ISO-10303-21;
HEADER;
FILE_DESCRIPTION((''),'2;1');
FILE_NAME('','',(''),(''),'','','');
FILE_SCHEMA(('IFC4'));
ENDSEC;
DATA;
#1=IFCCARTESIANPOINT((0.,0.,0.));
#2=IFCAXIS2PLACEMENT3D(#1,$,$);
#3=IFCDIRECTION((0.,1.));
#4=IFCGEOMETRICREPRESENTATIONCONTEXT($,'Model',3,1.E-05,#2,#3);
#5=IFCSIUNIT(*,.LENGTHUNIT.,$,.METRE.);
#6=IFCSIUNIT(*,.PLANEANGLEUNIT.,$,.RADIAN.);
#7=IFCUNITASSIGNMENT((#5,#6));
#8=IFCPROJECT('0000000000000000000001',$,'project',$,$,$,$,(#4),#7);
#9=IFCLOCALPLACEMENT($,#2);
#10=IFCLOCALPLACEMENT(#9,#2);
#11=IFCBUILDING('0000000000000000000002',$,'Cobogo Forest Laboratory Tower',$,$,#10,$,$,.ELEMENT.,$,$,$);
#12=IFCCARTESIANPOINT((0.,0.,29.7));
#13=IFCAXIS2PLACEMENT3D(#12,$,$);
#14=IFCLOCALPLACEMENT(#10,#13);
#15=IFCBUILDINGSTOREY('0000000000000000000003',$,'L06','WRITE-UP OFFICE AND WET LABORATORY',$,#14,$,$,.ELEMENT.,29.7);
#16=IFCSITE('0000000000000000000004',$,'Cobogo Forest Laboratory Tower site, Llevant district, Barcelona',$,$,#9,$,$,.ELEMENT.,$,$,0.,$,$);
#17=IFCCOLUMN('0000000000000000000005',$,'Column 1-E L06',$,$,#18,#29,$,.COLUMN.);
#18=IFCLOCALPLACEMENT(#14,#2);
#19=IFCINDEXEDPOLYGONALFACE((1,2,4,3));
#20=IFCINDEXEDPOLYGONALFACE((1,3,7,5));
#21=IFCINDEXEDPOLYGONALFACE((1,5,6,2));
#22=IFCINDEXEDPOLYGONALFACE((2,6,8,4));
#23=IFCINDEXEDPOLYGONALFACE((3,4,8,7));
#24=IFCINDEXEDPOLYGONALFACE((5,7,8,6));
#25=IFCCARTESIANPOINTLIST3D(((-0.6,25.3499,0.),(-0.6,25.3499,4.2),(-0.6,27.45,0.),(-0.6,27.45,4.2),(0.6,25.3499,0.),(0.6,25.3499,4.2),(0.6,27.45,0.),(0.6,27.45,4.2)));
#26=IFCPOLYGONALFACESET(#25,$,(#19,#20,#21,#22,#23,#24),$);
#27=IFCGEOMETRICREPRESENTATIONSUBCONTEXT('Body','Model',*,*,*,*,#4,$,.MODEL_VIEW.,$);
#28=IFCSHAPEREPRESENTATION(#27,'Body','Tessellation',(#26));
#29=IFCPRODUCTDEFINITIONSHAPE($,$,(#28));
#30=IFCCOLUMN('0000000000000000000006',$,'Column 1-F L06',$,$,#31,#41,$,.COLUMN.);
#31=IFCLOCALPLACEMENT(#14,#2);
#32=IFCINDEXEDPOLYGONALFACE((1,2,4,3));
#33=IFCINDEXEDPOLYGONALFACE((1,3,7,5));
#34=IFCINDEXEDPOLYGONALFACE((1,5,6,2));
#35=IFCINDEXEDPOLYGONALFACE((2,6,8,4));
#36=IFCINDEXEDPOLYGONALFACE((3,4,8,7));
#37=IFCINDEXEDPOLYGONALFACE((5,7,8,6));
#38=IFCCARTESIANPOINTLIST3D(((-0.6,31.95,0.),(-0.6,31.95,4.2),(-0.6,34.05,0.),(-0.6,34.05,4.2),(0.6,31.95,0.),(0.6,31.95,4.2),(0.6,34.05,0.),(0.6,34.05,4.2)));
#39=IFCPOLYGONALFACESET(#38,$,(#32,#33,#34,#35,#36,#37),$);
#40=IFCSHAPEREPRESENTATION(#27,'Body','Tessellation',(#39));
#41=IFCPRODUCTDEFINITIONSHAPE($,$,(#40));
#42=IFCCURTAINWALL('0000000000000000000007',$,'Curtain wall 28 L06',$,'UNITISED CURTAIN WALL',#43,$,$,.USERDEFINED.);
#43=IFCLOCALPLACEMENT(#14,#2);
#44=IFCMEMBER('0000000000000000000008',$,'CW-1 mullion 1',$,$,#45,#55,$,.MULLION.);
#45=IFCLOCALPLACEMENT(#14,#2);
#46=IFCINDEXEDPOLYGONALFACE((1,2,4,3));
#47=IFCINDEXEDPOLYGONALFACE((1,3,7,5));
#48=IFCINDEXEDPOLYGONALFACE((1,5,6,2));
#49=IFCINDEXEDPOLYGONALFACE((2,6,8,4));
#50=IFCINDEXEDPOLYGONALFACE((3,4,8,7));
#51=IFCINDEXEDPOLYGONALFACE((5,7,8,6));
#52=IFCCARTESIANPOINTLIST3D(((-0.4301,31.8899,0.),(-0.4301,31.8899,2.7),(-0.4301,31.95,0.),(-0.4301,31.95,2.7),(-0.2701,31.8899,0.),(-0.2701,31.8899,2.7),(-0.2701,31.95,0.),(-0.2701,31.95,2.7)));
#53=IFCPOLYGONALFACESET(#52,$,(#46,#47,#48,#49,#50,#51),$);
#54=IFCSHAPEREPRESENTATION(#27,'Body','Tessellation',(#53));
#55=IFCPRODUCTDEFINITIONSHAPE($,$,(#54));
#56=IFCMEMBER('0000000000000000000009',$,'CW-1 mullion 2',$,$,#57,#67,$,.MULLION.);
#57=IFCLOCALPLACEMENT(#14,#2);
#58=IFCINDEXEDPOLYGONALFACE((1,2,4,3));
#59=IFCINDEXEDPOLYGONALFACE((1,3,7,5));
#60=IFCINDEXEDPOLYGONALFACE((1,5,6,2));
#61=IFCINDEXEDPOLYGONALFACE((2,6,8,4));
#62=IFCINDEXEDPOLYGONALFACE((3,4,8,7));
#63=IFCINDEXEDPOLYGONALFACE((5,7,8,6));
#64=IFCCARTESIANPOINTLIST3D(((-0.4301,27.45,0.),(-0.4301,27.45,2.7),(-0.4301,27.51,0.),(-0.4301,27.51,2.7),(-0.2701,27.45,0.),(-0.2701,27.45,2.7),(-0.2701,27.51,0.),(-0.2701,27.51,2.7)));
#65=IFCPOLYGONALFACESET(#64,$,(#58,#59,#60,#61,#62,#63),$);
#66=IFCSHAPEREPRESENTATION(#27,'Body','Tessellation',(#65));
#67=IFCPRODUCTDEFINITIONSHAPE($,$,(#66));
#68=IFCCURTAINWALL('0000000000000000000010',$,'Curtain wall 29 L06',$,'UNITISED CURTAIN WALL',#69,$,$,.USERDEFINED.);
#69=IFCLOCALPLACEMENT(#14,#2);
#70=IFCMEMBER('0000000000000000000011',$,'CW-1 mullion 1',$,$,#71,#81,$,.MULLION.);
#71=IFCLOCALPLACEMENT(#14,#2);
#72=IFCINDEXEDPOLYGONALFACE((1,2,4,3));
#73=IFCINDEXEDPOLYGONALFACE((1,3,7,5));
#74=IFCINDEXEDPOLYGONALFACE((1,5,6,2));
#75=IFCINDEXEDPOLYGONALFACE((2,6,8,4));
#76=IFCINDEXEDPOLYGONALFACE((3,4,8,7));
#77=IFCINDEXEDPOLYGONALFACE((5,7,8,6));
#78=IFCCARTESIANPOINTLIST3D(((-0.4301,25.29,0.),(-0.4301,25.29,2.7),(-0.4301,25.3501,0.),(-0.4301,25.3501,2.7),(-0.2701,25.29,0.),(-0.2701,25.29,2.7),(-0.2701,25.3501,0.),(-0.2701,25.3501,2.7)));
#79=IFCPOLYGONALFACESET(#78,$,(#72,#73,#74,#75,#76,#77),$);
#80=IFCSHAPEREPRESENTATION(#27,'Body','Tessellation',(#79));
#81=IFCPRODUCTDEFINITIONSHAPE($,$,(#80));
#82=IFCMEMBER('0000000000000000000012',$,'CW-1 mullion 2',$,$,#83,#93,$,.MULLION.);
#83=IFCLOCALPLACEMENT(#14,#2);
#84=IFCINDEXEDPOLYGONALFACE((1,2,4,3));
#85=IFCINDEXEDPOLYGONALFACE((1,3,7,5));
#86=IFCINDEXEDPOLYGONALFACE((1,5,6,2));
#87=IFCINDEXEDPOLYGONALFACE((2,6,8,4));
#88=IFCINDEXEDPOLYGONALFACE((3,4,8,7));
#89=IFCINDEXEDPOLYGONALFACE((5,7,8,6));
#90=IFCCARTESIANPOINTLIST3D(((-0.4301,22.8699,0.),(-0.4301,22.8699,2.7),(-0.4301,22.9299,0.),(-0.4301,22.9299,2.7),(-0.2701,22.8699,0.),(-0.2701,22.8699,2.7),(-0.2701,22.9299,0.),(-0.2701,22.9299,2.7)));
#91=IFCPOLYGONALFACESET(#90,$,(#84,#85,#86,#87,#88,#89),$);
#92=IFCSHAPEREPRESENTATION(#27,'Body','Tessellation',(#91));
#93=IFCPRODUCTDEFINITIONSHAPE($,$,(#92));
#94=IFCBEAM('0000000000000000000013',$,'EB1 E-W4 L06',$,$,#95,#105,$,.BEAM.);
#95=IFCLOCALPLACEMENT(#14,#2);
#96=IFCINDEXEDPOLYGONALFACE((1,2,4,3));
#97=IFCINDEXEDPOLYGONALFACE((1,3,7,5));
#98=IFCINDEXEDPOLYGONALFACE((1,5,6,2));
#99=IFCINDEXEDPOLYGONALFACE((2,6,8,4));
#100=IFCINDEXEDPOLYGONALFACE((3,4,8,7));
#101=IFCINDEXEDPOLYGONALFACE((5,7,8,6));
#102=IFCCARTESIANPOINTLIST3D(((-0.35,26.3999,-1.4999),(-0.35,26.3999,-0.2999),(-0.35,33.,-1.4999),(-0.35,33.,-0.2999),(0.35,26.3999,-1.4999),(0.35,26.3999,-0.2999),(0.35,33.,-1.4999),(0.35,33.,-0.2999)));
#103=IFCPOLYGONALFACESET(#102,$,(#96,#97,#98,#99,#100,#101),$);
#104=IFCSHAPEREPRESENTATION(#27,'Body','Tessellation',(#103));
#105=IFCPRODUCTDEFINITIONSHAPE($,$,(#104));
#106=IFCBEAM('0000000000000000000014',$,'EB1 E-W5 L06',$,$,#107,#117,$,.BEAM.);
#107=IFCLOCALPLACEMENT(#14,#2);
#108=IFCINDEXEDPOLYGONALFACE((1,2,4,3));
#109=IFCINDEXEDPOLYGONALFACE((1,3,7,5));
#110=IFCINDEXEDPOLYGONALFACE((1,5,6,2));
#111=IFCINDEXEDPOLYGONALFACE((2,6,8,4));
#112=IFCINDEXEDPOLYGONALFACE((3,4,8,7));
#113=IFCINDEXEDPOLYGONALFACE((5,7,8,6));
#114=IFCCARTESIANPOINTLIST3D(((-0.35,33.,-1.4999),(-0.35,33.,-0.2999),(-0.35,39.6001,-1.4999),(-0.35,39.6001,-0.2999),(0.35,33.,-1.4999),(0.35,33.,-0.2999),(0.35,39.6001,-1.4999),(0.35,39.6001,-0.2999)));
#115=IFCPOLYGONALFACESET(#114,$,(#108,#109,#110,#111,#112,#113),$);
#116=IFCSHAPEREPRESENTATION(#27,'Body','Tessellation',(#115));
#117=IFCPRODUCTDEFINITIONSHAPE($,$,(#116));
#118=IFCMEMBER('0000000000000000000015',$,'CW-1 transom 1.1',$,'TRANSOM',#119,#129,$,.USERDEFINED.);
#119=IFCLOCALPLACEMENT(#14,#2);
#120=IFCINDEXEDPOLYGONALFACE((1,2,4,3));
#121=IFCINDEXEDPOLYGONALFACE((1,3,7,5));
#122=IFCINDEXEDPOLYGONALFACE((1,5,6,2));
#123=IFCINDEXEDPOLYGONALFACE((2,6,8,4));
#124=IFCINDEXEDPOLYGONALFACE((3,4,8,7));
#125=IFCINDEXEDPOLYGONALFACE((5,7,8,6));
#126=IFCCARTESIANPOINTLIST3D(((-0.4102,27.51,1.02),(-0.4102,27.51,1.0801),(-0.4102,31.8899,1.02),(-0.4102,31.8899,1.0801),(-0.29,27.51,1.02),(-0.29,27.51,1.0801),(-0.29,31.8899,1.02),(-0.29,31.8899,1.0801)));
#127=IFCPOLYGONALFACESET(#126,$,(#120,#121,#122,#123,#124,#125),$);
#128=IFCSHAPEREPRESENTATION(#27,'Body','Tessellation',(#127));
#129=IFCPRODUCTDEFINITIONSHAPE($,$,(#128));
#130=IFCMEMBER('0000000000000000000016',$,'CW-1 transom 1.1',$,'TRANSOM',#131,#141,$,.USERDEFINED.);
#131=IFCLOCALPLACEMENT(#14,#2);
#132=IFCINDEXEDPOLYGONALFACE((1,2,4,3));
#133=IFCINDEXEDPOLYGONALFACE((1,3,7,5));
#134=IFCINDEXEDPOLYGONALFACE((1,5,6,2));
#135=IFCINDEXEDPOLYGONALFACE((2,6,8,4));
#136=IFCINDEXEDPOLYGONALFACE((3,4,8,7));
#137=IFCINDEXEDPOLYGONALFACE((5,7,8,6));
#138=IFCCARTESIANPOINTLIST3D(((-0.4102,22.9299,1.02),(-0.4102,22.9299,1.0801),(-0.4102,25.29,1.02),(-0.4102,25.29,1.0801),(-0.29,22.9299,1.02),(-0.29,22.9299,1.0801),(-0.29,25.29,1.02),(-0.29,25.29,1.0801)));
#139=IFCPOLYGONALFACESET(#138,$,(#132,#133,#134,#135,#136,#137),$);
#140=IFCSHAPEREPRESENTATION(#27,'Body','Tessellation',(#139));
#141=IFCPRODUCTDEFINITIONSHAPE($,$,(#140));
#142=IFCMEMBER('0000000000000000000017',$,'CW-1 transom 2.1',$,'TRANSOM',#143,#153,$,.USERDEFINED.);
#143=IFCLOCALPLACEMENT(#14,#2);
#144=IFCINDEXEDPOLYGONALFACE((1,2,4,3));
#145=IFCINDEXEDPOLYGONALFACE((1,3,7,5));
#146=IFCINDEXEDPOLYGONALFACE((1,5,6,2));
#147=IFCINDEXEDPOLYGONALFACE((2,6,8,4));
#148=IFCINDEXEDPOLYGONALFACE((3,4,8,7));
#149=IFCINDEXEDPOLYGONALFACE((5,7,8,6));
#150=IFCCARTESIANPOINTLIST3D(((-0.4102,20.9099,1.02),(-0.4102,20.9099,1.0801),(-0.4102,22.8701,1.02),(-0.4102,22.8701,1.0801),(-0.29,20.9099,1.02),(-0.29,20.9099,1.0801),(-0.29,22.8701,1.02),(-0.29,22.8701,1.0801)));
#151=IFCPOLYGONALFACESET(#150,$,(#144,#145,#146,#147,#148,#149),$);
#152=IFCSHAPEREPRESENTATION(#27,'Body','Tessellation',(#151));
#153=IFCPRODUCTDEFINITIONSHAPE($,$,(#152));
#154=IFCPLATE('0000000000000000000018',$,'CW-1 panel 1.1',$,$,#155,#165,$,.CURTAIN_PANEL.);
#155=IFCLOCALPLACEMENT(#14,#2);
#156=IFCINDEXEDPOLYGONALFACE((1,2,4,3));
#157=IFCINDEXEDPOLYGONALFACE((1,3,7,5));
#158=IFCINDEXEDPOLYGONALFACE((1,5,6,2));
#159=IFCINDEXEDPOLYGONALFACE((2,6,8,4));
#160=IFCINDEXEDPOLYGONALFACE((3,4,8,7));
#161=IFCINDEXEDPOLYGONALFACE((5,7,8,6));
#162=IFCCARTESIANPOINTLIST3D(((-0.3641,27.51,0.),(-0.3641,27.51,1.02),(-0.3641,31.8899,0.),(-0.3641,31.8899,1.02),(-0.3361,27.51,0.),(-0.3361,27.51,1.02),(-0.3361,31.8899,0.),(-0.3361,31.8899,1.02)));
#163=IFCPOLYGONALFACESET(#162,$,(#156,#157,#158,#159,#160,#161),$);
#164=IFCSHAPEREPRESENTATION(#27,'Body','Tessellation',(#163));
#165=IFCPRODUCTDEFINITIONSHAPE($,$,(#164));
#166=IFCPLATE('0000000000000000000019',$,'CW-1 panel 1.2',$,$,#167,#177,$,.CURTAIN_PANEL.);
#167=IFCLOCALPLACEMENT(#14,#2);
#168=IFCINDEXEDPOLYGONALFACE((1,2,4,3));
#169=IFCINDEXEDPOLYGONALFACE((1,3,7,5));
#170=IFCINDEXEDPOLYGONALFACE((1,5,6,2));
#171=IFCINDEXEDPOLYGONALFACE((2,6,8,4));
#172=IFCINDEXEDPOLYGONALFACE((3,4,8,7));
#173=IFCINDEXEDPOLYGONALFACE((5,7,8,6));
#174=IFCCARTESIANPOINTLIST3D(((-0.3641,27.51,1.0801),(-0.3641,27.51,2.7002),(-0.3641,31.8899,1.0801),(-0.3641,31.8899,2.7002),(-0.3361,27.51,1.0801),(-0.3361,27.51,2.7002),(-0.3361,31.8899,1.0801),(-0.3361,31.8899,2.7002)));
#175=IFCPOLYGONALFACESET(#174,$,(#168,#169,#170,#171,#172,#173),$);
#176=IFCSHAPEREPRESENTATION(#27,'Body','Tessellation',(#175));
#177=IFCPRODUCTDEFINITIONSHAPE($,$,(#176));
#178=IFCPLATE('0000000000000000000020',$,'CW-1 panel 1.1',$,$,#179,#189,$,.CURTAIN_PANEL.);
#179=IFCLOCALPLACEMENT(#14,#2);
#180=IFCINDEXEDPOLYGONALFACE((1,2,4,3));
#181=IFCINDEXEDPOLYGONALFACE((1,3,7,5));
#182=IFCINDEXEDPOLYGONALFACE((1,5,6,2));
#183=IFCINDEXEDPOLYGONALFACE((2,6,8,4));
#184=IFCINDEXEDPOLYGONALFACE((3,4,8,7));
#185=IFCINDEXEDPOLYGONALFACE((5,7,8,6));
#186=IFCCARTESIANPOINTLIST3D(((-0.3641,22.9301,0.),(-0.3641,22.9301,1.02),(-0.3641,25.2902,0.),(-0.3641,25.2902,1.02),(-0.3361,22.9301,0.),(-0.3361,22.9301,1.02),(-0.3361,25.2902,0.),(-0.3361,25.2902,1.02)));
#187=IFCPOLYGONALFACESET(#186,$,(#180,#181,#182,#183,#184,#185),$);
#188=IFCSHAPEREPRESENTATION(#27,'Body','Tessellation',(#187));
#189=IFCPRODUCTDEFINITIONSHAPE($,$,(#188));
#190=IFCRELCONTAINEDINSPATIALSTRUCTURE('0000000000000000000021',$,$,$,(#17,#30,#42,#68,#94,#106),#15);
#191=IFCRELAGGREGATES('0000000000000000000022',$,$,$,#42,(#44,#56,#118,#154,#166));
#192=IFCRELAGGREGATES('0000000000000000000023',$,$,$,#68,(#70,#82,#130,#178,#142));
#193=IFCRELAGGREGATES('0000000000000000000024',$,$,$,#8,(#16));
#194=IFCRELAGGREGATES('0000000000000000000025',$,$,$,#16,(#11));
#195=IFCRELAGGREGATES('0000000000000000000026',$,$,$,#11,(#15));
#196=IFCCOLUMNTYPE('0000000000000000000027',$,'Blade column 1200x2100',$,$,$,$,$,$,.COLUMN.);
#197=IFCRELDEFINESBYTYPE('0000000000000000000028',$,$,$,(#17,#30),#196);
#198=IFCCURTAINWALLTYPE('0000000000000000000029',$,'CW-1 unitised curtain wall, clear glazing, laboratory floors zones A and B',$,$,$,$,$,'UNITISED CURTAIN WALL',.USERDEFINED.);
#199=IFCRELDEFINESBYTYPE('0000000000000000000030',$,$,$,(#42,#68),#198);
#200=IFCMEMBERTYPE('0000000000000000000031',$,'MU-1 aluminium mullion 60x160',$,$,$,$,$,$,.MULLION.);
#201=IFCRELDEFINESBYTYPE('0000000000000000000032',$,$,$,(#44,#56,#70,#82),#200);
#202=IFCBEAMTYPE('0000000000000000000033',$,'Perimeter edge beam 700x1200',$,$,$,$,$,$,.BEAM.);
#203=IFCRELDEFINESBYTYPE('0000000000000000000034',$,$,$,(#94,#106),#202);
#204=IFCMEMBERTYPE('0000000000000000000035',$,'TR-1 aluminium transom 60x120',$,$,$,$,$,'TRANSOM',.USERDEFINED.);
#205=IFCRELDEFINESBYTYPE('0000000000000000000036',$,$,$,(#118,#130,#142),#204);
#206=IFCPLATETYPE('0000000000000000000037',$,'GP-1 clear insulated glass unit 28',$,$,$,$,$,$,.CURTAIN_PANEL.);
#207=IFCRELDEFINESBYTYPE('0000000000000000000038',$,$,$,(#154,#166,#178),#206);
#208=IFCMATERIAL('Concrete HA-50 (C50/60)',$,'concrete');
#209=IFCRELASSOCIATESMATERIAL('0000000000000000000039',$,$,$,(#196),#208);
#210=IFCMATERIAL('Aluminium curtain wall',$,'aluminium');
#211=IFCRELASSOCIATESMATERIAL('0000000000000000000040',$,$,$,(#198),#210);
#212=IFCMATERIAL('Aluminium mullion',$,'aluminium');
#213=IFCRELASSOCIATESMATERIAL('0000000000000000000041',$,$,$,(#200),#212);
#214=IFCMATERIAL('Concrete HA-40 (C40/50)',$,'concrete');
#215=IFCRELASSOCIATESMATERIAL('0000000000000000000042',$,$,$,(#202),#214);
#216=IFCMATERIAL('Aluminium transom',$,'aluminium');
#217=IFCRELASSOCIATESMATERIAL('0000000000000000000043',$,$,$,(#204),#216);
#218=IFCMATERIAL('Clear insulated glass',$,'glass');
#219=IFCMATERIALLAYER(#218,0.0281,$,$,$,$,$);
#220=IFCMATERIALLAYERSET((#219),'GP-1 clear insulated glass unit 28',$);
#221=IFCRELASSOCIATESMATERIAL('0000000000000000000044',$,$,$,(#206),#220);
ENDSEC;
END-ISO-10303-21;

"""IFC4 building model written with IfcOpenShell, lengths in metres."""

from ifc_helpers import new_model, si_unit, direction, frame, origin, origin_2d, place, context, subcontext, project, spatial, rectangle, extrude, material, layer, layer_set, material_profile, profile_set, type_object, element, aggregate, save


model = new_model("IFC4")

# Units and contexts
model_context = context("Model", 3, precision=1e-05, world=origin(), true_north=direction((0.0, 1.0)))
body_context = subcontext(model_context, "Body", "Model", "MODEL_VIEW")
ifc_project = project(units=[si_unit("LENGTHUNIT", "METRE"), si_unit("PLANEANGLEUNIT", "RADIAN")], contexts=[model_context])

# Site, building, storey
site_placement = place(None, origin())
site = spatial("IfcSite", under=ifc_project, at=site_placement, Name="Cobogo Forest Laboratory Tower site, Llevant district, Barcelona", CompositionType="ELEMENT", RefElevation=0.0)
building_placement = place(site_placement, origin())
building = spatial("IfcBuilding", under=site, at=building_placement, Name="Cobogo Forest Laboratory Tower", CompositionType="ELEMENT")
storey_placement = place(building_placement, frame((0.0, 0.0, 29.7)))
storey = spatial("IfcBuildingStorey", under=building, at=storey_placement, Name="L06", Description="WRITE-UP OFFICE AND WET LABORATORY", CompositionType="ELEMENT", Elevation=29.7)

# Columns
ifc_material_1 = material(Name="Concrete HA-50 (C50/60)", Category="concrete")
ifc_material_profile_1 = material_profile(ifc_material_1, rectangle(XDim=2.1001, YDim=1.2, at=origin_2d()), Name="RC 1200x2100")
ifc_profile_set_1 = profile_set([ifc_material_profile_1], Name="Concrete HA-50 (C50/60)")
column_type = type_object("IfcColumnType", Name="Blade column 1200x2100", PredefinedType="COLUMN", material=ifc_profile_set_1)
for number, where, z_axis, x_axis, name in (
    (1, (0.0, 26.3999, 0.0), (0.0, 0.0, 1.0), (0.0, 1.0, 0.0), "Column 1-E L06"),
    (2, (0.0, 33.0, 0.0), (0.0, 0.0, 1.0), (0.0, 1.0, 0.0), "Column 1-F L06"),
):
    element("IfcColumn", number, at=place(storey_placement, frame(where, z_axis=z_axis, x_axis=x_axis)), inside=storey, type_object=column_type, Name=name, PredefinedType="COLUMN", context=body_context, shape_type="SweptSolid", body=[
        extrude(rectangle(XDim=2.1001, YDim=1.2, at=origin_2d()), origin(), (0.0, 0.0, 1.0), 4.2),
    ])

# Curtain walls, members
ifc_material_2 = material(Name="Aluminium curtain wall", Category="aluminium")
curtain_wall_type = type_object("IfcCurtainWallType", Name="CW-1 unitised curtain wall, clear glazing, laboratory floors zones A and B", ElementType="UNITISED CURTAIN WALL", PredefinedType="USERDEFINED", material=ifc_material_2)
curtain_wall_1_placement = place(storey_placement, origin())
curtain_wall_1 = element("IfcCurtainWall", 3, at=curtain_wall_1_placement, inside=storey, type_object=curtain_wall_type, Name="Curtain wall 28 L06", ObjectType="UNITISED CURTAIN WALL", PredefinedType="USERDEFINED")
ifc_material_3 = material(Name="Aluminium mullion", Category="aluminium")
ifc_material_profile_2 = material_profile(ifc_material_3, rectangle(XDim=0.0601, YDim=0.1599, at=origin_2d()), Name="AL 60x160")
ifc_profile_set_2 = profile_set([ifc_material_profile_2], Name="Aluminium mullion")
member_type_1 = type_object("IfcMemberType", Name="MU-1 aluminium mullion 60x160", PredefinedType="MULLION", material=ifc_profile_set_2)
member_1_placement = place(storey_placement, frame((-0.3501, 31.9199, 0.0), z_axis=(0.0, 0.0, 1.0), x_axis=(0.0, -1.0, 0.0)))
member_1 = element("IfcMember", 4, at=member_1_placement, type_object=member_type_1, Name="CW-1 mullion 1", PredefinedType="MULLION", context=body_context, shape_type="SweptSolid", body=[
    extrude(rectangle(XDim=0.0601, YDim=0.1599, at=origin_2d()), origin(), (0.0, 0.0, 1.0), 2.7),
])
member_2_placement = place(storey_placement, frame((-0.3501, 27.48, 0.0), z_axis=(0.0, 0.0, 1.0), x_axis=(0.0, -1.0, 0.0)))
member_2 = element("IfcMember", 5, at=member_2_placement, type_object=member_type_1, Name="CW-1 mullion 2", PredefinedType="MULLION", context=body_context, shape_type="SweptSolid", body=[
    extrude(rectangle(XDim=0.0601, YDim=0.1599, at=origin_2d()), origin(), (0.0, 0.0, 1.0), 2.7),
])
curtain_wall_2_placement = place(storey_placement, origin())
curtain_wall_2 = element("IfcCurtainWall", 6, at=curtain_wall_2_placement, inside=storey, type_object=curtain_wall_type, Name="Curtain wall 29 L06", ObjectType="UNITISED CURTAIN WALL", PredefinedType="USERDEFINED")
member_3_placement = place(storey_placement, frame((-0.3501, 25.3201, 0.0), z_axis=(0.0, 0.0, 1.0), x_axis=(0.0, -1.0, 0.0)))
member_3 = element("IfcMember", 7, at=member_3_placement, type_object=member_type_1, Name="CW-1 mullion 1", PredefinedType="MULLION", context=body_context, shape_type="SweptSolid", body=[
    extrude(rectangle(XDim=0.0601, YDim=0.1599, at=origin_2d()), origin(), (0.0, 0.0, 1.0), 2.7),
])
member_4_placement = place(storey_placement, frame((-0.3501, 22.8999, 0.0), z_axis=(0.0, 0.0, 1.0), x_axis=(0.0, -1.0, 0.0)))
member_4 = element("IfcMember", 8, at=member_4_placement, type_object=member_type_1, Name="CW-1 mullion 2", PredefinedType="MULLION", context=body_context, shape_type="SweptSolid", body=[
    extrude(rectangle(XDim=0.0601, YDim=0.1599, at=origin_2d()), origin(), (0.0, 0.0, 1.0), 2.7),
])

# Beams
ifc_material_4 = material(Name="Concrete HA-40 (C40/50)", Category="concrete")
ifc_material_profile_3 = material_profile(ifc_material_4, rectangle(XDim=0.7, YDim=1.2, at=origin_2d()), Name="RC 700x1200")
ifc_profile_set_3 = profile_set([ifc_material_profile_3], Name="Concrete HA-40 (C40/50)")
beam_type = type_object("IfcBeamType", Name="Perimeter edge beam 700x1200", PredefinedType="BEAM", material=ifc_profile_set_3)
for number, where, z_axis, x_axis, name in (
    (9, (0.0, 26.3999, -0.8999), (0.0, 1.0, 0.0), (-1.0, 0.0, 0.0), "EB1 E-W4 L06"),
    (10, (0.0, 33.0, -0.8999), (0.0, 1.0, 0.0), (-1.0, 0.0, 0.0), "EB1 E-W5 L06"),
):
    element("IfcBeam", number, at=place(storey_placement, frame(where, z_axis=z_axis, x_axis=x_axis)), inside=storey, type_object=beam_type, Name=name, PredefinedType="BEAM", context=body_context, shape_type="SweptSolid", body=[
        extrude(rectangle(XDim=0.7, YDim=1.2, at=origin_2d()), origin(), (0.0, 0.0, 1.0), 6.6001),
    ])

# Members
ifc_material_5 = material(Name="Aluminium transom", Category="aluminium")
ifc_material_profile_4 = material_profile(ifc_material_5, rectangle(XDim=0.1201, YDim=0.0601, at=origin_2d()), Name="AL 60x120")
ifc_profile_set_4 = profile_set([ifc_material_profile_4], Name="Aluminium transom")
member_type_2 = type_object("IfcMemberType", Name="TR-1 aluminium transom 60x120", ElementType="TRANSOM", PredefinedType="USERDEFINED", material=ifc_profile_set_4)
member_5_placement = place(storey_placement, frame((-0.3501, 31.8899, 1.05), z_axis=(0.0, -1.0, 0.0), x_axis=(1.0, 0.0, 0.0)))
member_5 = element("IfcMember", 11, at=member_5_placement, type_object=member_type_2, Name="CW-1 transom 1.1", ObjectType="TRANSOM", PredefinedType="USERDEFINED", context=body_context, shape_type="SweptSolid", body=[
    extrude(rectangle(XDim=0.1201, YDim=0.0601, at=origin_2d()), origin(), (0.0, 0.0, 1.0), 4.3799),
])
member_6_placement = place(storey_placement, frame((-0.3501, 25.29, 1.05), z_axis=(0.0, -1.0, 0.0), x_axis=(1.0, 0.0, 0.0)))
member_6 = element("IfcMember", 12, at=member_6_placement, type_object=member_type_2, Name="CW-1 transom 1.1", ObjectType="TRANSOM", PredefinedType="USERDEFINED", context=body_context, shape_type="SweptSolid", body=[
    extrude(rectangle(XDim=0.1201, YDim=0.0601, at=origin_2d()), origin(), (0.0, 0.0, 1.0), 2.3601),
])
member_7_placement = place(storey_placement, frame((-0.3501, 22.8701, 1.05), z_axis=(0.0, -1.0, 0.0), x_axis=(1.0, 0.0, 0.0)))
member_7 = element("IfcMember", 13, at=member_7_placement, type_object=member_type_2, Name="CW-1 transom 2.1", ObjectType="TRANSOM", PredefinedType="USERDEFINED", context=body_context, shape_type="SweptSolid", body=[
    extrude(rectangle(XDim=0.1201, YDim=0.0601, at=origin_2d()), origin(), (0.0, 0.0, 1.0), 1.9602),
])

# Plates
ifc_material_6 = material(Name="Clear insulated glass", Category="glass")
ifc_layer_1 = layer(ifc_material_6, 0.0281)
ifc_layer_set_1 = layer_set([ifc_layer_1], Name="GP-1 clear insulated glass unit 28")
plate_type_1 = type_object("IfcPlateType", Name="GP-1 clear insulated glass unit 28", PredefinedType="CURTAIN_PANEL", material=ifc_layer_set_1)
plate_1_placement = place(storey_placement, frame((-0.3501, 29.7, 0.0), z_axis=(0.0, 0.0, 1.0), x_axis=(0.0, -1.0, 0.0)))
plate_1 = element("IfcPlate", 14, at=plate_1_placement, type_object=plate_type_1, Name="CW-1 panel 1.1", PredefinedType="CURTAIN_PANEL", context=body_context, shape_type="SweptSolid", body=[
    extrude(rectangle(XDim=4.3799, YDim=0.0281, at=origin_2d()), origin(), (0.0, 0.0, 1.0), 1.02),
])
plate_2_placement = place(storey_placement, frame((-0.3501, 29.7, 1.0801), z_axis=(0.0, 0.0, 1.0), x_axis=(0.0, -1.0, 0.0)))
plate_2 = element("IfcPlate", 15, at=plate_2_placement, type_object=plate_type_1, Name="CW-1 panel 1.2", PredefinedType="CURTAIN_PANEL", context=body_context, shape_type="SweptSolid", body=[
    extrude(rectangle(XDim=4.3799, YDim=0.0281, at=origin_2d()), origin(), (0.0, 0.0, 1.0), 1.6201),
])
aggregate(curtain_wall_1, [member_1, member_2, member_5, plate_1, plate_2])
plate_3_placement = place(storey_placement, frame((-0.3501, 24.1101, 0.0), z_axis=(0.0, 0.0, 1.0), x_axis=(0.0, -1.0, 0.0)))
plate_3 = element("IfcPlate", 16, at=plate_3_placement, type_object=plate_type_1, Name="CW-1 panel 1.1", PredefinedType="CURTAIN_PANEL", context=body_context, shape_type="SweptSolid", body=[
    extrude(rectangle(XDim=2.3601, YDim=0.0281, at=origin_2d()), origin(), (0.0, 0.0, 1.0), 1.02),
])
aggregate(curtain_wall_2, [member_3, member_4, member_6, plate_3, member_7])

save(model, "model.ifc")
